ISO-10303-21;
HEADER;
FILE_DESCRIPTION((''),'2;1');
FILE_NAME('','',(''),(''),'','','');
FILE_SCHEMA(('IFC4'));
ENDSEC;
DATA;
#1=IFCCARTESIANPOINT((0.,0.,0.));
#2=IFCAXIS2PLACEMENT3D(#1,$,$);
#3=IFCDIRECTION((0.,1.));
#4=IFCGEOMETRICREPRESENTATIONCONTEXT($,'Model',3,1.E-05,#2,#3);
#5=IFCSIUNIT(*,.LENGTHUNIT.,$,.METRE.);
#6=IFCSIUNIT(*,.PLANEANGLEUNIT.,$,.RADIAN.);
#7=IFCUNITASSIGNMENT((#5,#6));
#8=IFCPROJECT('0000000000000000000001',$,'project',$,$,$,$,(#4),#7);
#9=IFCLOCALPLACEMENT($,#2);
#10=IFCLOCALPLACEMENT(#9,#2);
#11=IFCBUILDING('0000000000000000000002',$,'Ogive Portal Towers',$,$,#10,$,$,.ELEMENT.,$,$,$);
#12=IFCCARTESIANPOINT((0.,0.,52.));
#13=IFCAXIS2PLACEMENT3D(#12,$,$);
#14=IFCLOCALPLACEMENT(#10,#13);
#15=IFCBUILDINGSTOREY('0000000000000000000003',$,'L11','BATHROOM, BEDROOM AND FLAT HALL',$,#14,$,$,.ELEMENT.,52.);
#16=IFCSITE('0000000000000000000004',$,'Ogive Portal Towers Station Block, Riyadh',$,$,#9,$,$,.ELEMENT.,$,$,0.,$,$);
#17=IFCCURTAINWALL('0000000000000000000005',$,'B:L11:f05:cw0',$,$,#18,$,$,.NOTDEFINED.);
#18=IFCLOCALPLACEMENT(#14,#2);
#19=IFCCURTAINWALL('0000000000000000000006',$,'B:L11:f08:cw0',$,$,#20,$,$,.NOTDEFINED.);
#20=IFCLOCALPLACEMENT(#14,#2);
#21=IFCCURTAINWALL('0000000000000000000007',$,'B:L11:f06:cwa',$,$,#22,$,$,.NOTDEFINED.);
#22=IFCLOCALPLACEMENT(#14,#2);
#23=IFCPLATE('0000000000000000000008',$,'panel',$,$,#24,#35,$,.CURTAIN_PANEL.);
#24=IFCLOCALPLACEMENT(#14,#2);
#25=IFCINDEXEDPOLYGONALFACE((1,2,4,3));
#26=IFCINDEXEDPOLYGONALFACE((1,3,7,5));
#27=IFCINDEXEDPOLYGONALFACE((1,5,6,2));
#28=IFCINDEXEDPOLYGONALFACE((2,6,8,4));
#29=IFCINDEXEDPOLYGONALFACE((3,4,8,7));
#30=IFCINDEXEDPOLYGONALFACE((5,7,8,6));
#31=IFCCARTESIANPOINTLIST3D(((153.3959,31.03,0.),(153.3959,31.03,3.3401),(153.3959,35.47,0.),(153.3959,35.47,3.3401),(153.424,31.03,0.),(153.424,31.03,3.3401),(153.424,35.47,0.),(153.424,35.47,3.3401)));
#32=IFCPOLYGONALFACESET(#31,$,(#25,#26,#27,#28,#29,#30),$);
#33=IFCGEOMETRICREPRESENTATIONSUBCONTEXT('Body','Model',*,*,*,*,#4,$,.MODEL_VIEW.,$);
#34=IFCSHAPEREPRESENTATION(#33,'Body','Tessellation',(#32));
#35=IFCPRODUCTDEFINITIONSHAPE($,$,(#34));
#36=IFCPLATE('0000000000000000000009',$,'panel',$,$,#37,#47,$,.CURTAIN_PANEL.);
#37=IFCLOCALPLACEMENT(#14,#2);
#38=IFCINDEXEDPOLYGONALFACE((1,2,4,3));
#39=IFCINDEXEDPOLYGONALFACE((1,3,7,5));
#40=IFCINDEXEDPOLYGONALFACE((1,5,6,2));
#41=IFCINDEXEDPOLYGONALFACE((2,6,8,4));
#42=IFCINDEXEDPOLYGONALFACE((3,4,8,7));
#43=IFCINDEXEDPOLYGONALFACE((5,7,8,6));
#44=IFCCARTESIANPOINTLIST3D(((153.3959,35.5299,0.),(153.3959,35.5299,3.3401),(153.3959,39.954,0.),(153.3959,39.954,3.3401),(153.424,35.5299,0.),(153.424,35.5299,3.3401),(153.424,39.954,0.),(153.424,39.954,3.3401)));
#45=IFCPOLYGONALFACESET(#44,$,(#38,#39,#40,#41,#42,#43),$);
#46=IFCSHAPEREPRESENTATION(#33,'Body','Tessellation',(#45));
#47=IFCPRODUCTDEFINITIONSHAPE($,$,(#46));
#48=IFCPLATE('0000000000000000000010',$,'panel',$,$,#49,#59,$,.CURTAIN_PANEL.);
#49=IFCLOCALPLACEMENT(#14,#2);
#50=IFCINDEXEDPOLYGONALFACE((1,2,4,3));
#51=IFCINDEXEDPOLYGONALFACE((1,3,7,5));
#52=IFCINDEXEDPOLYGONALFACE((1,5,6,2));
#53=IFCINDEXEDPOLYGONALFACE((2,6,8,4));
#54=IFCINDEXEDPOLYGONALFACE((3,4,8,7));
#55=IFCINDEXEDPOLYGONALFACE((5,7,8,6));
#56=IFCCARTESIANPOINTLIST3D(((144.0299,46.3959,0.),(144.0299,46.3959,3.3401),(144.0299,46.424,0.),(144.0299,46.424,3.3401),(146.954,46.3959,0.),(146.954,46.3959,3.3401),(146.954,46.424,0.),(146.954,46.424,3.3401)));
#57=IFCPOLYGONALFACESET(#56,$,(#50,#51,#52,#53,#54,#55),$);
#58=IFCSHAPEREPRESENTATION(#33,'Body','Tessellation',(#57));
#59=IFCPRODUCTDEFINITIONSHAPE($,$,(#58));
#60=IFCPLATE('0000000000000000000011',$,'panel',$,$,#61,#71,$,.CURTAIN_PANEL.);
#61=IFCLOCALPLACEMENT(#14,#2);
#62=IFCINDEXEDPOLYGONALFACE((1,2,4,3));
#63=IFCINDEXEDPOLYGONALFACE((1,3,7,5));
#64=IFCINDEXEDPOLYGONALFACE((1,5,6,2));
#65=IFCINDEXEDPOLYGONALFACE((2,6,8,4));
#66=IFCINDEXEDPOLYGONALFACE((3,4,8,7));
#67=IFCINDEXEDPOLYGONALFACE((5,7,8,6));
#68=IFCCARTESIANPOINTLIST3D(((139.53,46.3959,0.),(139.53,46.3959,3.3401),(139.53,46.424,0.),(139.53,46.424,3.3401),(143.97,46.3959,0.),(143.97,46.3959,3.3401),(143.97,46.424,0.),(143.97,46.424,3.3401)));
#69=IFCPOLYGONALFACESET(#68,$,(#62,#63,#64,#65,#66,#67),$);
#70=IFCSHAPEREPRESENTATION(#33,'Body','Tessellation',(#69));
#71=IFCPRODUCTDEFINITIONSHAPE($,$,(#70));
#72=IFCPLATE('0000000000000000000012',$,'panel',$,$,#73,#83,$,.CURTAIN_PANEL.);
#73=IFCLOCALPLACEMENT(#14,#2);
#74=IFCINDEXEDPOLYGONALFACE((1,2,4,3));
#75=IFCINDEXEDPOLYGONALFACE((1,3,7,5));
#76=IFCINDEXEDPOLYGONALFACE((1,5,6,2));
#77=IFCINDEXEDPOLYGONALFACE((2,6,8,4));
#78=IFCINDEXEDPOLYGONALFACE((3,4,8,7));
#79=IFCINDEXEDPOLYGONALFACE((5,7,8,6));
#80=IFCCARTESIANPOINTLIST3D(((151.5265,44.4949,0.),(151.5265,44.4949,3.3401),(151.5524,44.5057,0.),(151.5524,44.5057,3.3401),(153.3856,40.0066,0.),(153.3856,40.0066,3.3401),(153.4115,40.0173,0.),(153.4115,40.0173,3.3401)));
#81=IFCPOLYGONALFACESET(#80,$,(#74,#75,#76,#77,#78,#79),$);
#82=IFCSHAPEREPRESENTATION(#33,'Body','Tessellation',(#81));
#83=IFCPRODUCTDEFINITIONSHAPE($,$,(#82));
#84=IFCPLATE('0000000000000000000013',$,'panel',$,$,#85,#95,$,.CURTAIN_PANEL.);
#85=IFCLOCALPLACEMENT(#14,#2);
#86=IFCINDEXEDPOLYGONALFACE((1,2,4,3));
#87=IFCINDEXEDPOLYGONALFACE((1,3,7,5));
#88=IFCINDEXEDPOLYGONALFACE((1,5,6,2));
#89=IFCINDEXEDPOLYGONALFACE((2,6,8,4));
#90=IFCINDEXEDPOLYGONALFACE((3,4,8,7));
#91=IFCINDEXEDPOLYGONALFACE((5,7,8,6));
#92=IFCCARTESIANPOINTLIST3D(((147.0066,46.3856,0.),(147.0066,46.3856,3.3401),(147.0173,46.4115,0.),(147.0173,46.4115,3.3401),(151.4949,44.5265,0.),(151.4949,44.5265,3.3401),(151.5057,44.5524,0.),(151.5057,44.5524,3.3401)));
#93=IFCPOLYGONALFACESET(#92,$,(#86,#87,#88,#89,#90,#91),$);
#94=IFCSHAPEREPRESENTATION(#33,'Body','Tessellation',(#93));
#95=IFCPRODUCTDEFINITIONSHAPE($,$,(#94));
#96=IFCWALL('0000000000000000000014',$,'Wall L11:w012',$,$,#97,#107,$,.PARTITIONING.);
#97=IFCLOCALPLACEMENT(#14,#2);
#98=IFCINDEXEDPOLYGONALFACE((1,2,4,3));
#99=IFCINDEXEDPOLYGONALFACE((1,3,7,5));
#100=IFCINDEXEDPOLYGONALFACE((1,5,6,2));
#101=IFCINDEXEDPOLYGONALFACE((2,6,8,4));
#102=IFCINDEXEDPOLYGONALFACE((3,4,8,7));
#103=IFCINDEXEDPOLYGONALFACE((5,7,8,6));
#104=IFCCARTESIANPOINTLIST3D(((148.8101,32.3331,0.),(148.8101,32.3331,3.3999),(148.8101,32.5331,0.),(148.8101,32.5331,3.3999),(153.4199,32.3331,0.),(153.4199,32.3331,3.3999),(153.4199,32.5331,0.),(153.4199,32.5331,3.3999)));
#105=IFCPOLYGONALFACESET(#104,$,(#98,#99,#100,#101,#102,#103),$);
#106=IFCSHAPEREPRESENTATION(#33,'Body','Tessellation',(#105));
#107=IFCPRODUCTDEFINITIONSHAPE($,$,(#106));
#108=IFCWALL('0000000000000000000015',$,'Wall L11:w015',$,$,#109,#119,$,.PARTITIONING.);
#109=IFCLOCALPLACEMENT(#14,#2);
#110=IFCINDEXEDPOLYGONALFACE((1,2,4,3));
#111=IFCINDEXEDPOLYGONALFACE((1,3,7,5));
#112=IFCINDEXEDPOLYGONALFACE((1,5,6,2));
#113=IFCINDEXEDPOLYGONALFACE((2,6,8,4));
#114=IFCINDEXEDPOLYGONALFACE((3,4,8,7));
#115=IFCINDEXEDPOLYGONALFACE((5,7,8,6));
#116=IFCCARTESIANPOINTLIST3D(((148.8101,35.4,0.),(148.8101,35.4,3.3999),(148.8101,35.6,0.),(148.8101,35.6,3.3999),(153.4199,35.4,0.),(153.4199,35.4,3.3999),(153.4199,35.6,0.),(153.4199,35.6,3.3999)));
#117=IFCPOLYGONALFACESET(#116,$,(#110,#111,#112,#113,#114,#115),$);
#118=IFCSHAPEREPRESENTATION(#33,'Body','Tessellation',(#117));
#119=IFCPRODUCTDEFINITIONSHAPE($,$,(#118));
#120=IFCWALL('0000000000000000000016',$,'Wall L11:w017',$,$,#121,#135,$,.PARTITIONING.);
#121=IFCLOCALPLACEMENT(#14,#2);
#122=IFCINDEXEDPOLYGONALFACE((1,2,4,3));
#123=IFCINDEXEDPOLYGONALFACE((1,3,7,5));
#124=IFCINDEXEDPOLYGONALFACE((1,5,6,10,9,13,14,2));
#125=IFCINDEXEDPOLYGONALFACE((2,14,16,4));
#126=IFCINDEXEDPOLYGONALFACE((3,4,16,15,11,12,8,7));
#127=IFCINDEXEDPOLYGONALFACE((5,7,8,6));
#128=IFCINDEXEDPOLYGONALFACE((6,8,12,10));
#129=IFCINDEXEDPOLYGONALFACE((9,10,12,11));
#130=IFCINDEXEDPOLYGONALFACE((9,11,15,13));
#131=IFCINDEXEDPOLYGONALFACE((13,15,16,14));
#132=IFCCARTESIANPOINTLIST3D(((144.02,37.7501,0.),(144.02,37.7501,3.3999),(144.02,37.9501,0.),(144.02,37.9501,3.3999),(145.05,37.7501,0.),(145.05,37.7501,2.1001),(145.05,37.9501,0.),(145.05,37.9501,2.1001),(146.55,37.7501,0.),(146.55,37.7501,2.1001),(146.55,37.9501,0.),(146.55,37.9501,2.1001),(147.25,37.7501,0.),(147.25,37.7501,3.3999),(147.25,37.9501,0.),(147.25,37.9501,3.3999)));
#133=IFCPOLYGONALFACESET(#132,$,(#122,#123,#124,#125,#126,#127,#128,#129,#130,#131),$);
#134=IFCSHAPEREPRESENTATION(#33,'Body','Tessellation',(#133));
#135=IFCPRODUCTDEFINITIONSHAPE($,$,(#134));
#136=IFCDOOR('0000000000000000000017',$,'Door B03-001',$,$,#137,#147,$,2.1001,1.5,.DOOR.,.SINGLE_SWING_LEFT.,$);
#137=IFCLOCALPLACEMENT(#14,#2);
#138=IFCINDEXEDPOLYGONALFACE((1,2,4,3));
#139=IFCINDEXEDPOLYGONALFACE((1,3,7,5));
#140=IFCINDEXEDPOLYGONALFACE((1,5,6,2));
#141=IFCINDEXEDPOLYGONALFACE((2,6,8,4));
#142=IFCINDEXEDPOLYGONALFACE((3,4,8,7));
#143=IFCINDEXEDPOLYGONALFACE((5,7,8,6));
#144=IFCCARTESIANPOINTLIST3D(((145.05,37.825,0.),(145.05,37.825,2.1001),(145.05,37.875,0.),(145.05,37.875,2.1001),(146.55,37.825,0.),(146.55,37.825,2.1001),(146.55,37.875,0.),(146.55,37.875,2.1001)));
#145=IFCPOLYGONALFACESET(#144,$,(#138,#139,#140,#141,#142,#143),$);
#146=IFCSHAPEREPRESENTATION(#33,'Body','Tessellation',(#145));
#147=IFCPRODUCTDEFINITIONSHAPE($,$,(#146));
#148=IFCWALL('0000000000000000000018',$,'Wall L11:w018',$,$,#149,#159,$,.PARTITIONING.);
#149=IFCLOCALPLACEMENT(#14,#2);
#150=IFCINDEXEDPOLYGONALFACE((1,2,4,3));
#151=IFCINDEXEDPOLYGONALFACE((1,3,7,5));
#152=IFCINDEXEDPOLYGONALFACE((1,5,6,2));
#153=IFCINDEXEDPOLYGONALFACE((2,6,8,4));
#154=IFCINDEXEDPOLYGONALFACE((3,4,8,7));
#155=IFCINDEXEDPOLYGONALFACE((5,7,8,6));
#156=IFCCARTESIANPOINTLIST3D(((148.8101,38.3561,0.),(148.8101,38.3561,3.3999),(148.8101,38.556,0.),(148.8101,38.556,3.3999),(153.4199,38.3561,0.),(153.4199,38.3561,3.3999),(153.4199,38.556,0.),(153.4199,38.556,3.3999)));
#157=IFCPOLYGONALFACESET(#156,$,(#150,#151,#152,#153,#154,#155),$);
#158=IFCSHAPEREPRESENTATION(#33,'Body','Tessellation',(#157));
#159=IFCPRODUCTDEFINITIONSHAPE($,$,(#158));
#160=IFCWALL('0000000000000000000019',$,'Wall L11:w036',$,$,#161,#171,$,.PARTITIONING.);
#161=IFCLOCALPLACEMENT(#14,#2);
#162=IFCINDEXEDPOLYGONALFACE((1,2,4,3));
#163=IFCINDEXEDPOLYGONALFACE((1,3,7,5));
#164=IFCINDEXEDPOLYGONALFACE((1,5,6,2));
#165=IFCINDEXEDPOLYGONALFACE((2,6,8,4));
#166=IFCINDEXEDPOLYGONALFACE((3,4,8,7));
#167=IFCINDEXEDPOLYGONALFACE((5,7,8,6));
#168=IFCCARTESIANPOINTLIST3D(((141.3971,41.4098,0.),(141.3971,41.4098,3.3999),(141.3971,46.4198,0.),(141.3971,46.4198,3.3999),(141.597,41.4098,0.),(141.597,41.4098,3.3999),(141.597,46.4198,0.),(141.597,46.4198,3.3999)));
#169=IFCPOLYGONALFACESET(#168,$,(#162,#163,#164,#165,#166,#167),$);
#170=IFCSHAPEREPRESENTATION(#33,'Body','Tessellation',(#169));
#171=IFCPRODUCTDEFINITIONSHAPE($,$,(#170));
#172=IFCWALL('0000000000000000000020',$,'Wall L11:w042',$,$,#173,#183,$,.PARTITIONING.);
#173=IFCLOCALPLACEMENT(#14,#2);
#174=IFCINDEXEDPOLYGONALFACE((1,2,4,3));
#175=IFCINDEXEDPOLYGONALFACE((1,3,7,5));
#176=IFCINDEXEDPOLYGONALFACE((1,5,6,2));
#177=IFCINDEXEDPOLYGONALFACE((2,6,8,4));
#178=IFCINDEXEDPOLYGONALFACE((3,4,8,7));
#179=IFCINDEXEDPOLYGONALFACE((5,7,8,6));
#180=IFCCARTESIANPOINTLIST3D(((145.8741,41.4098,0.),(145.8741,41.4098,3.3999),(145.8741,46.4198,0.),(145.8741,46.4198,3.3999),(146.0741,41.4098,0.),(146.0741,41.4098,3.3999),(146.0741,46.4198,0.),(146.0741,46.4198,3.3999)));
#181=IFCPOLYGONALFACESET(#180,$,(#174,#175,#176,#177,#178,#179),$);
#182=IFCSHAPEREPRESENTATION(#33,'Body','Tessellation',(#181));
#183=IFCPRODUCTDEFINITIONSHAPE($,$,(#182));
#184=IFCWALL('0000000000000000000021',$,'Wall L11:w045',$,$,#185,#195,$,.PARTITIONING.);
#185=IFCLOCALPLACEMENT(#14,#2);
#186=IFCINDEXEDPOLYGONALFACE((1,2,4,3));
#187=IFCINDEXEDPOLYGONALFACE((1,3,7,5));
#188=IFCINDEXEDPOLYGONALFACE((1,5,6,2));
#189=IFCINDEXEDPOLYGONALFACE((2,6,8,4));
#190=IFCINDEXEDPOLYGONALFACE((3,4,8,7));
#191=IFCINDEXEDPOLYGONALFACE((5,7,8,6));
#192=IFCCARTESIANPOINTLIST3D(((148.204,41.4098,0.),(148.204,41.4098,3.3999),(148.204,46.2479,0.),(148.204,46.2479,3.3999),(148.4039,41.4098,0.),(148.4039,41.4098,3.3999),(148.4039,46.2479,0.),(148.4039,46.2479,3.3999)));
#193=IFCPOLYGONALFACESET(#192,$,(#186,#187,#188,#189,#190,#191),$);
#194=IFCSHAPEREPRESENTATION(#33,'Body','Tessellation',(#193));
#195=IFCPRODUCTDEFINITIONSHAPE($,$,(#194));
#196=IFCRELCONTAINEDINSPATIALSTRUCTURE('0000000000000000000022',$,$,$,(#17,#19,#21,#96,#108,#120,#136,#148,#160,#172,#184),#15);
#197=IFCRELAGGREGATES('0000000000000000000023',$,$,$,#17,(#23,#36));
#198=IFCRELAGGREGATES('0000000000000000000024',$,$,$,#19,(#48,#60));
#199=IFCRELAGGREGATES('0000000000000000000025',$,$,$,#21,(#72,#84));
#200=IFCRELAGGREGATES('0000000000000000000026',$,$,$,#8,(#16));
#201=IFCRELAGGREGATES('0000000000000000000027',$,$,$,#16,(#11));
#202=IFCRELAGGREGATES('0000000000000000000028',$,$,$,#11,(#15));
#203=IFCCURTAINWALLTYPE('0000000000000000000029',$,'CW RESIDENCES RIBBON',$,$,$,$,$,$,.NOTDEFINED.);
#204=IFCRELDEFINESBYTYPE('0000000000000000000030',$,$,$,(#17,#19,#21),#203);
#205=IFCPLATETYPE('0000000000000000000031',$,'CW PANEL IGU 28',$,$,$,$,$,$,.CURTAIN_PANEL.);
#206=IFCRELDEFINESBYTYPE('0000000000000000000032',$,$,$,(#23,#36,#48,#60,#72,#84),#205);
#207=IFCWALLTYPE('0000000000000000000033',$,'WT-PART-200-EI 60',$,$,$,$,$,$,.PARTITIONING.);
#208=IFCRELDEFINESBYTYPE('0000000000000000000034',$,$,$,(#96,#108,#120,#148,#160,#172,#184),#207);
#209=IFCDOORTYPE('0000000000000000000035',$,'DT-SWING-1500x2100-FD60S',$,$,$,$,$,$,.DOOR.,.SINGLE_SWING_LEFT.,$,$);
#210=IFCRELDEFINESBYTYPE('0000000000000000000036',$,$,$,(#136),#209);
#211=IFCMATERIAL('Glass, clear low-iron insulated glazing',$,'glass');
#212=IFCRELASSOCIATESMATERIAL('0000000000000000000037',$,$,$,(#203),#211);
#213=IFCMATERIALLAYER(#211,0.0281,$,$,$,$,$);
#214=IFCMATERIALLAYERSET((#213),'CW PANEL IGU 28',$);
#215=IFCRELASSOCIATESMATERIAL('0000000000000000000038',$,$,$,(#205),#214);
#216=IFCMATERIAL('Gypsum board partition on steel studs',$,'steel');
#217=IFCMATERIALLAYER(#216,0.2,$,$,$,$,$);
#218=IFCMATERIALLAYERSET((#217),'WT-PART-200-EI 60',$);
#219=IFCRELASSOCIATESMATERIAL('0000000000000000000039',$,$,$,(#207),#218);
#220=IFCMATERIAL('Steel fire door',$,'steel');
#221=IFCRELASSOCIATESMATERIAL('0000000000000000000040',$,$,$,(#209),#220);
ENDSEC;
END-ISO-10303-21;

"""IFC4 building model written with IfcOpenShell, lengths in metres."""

from ifc_helpers import new_model, si_unit, direction, frame, frame_2d, origin, origin_2d, place, context, subcontext, project, spatial, rectangle, extrude, material, layer, layer_set, type_object, element, fill, aggregate, save


model = new_model("IFC4")

# Units and contexts
model_context = context("Model", 3, precision=1e-05, world=origin(), true_north=direction((0.0, 1.0)))
body_context = subcontext(model_context, "Body", "Model", "MODEL_VIEW")
ifc_project = project(units=[si_unit("LENGTHUNIT", "METRE"), si_unit("PLANEANGLEUNIT", "RADIAN")], contexts=[model_context])

# Site, building, storey
site_placement = place(None, origin())
site = spatial("IfcSite", under=ifc_project, at=site_placement, Name="Ogive Portal Towers Station Block, Riyadh", CompositionType="ELEMENT", RefElevation=0.0)
building_placement = place(site_placement, origin())
building = spatial("IfcBuilding", under=site, at=building_placement, Name="Ogive Portal Towers", CompositionType="ELEMENT")
storey_placement = place(building_placement, frame((0.0, 0.0, 52.0)))
storey = spatial("IfcBuildingStorey", under=building, at=storey_placement, Name="L11", Description="BATHROOM, BEDROOM AND FLAT HALL", CompositionType="ELEMENT", Elevation=52.0)

# Curtain walls
ifc_material_1 = material(Name="Glass, clear low-iron insulated glazing", Category="glass")
curtain_wall_type = type_object("IfcCurtainWallType", Name="CW RESIDENCES RIBBON", PredefinedType="NOTDEFINED", material=ifc_material_1)
curtain_wall_1_placement = place(storey_placement, origin())
curtain_wall_1 = element("IfcCurtainWall", 1, at=curtain_wall_1_placement, inside=storey, type_object=curtain_wall_type, Name="B:L11:f05:cw0", PredefinedType="NOTDEFINED")
curtain_wall_2_placement = place(storey_placement, origin())
curtain_wall_2 = element("IfcCurtainWall", 2, at=curtain_wall_2_placement, inside=storey, type_object=curtain_wall_type, Name="B:L11:f08:cw0", PredefinedType="NOTDEFINED")

# Curtain wall
curtain_wall_3_placement = place(storey_placement, origin())
curtain_wall_3 = element("IfcCurtainWall", 3, at=curtain_wall_3_placement, inside=storey, type_object=curtain_wall_type, Name="B:L11:f06:cwa", PredefinedType="NOTDEFINED")

# Plates
ifc_layer_1 = layer(ifc_material_1, 0.0281)
ifc_layer_set_1 = layer_set([ifc_layer_1], Name="CW PANEL IGU 28")
plate_type = type_object("IfcPlateType", Name="CW PANEL IGU 28", PredefinedType="CURTAIN_PANEL", material=ifc_layer_set_1)
plate_1_placement = place(storey_placement, frame((153.4099, 33.25, 0.0), z_axis=(0.0, 0.0, 1.0), x_axis=(0.0, 1.0, 0.0)))
plate_1 = element("IfcPlate", 4, at=plate_1_placement, type_object=plate_type, Name="panel", PredefinedType="CURTAIN_PANEL", context=body_context, shape_type="SweptSolid", body=[
    extrude(rectangle(XDim=4.4399, YDim=0.0281, at=origin_2d()), origin(), (0.0, 0.0, 1.0), 3.3401),
])
plate_2_placement = place(storey_placement, frame((153.4099, 37.7419, 0.0), z_axis=(0.0, 0.0, 1.0), x_axis=(0.0, 1.0, 0.0)))
plate_2 = element("IfcPlate", 5, at=plate_2_placement, type_object=plate_type, Name="panel", PredefinedType="CURTAIN_PANEL", context=body_context, shape_type="SweptSolid", body=[
    extrude(rectangle(XDim=4.4241, YDim=0.0281, at=origin_2d()), origin(), (0.0, 0.0, 1.0), 3.3401),
])
aggregate(curtain_wall_1, [plate_1, plate_2])
plate_3_placement = place(storey_placement, frame((145.4919, 46.4099, 0.0), z_axis=(0.0, 0.0, 1.0), x_axis=(-1.0, 0.0, 0.0)))
plate_3 = element("IfcPlate", 6, at=plate_3_placement, type_object=plate_type, Name="panel", PredefinedType="CURTAIN_PANEL", context=body_context, shape_type="SweptSolid", body=[
    extrude(rectangle(XDim=2.9241, YDim=0.0281, at=origin_2d()), origin(), (0.0, 0.0, 1.0), 3.3401),
])
plate_4_placement = place(storey_placement, frame((141.75, 46.4099, 0.0), z_axis=(0.0, 0.0, 1.0), x_axis=(-1.0, 0.0, 0.0)))
plate_4 = element("IfcPlate", 7, at=plate_4_placement, type_object=plate_type, Name="panel", PredefinedType="CURTAIN_PANEL", context=body_context, shape_type="SweptSolid", body=[
    extrude(rectangle(XDim=4.4399, YDim=0.0281, at=origin_2d()), origin(), (0.0, 0.0, 1.0), 3.3401),
])
aggregate(curtain_wall_2, [plate_3, plate_4])
plate_5_placement = place(storey_placement, frame((152.469, 42.2561, 0.0), z_axis=(0.0, 0.0, 1.0), x_axis=(-0.382683, 0.92388, 0.0)))
plate_5 = element("IfcPlate", 8, at=plate_5_placement, type_object=plate_type, Name="panel", PredefinedType="CURTAIN_PANEL", context=body_context, shape_type="SweptSolid", body=[
    extrude(rectangle(XDim=4.8582, YDim=0.0281, at=origin_2d()), origin(), (0.0, 0.0, 1.0), 3.3401),
])
plate_6_placement = place(storey_placement, frame((149.2561, 45.469, 0.0), z_axis=(0.0, 0.0, 1.0), x_axis=(-0.92388, 0.382683, 0.0)))
plate_6 = element("IfcPlate", 9, at=plate_6_placement, type_object=plate_type, Name="panel", PredefinedType="CURTAIN_PANEL", context=body_context, shape_type="SweptSolid", body=[
    extrude(rectangle(XDim=4.8582, YDim=0.0281, at=origin_2d()), origin(), (0.0, 0.0, 1.0), 3.3401),
])
aggregate(curtain_wall_3, [plate_5, plate_6])

# Walls
ifc_material_2 = material(Name="Gypsum board partition on steel studs", Category="steel")
ifc_layer_2 = layer(ifc_material_2, 0.2)
ifc_layer_set_2 = layer_set([ifc_layer_2], Name="WT-PART-200-EI 60")
wall_type_1 = type_object("IfcWallType", Name="WT-PART-200-EI 60", PredefinedType="PARTITIONING", material=ifc_layer_set_2)
for number, where, z_axis, x_axis, name in (
    (10, (148.8101, 32.4331, 0.0), (0.0, 0.0, 1.0), (1.0, 0.0, 0.0), "Wall L11:w012"),
    (11, (148.8101, 35.5, 0.0), (0.0, 0.0, 1.0), (1.0, 0.0, 0.0), "Wall L11:w015"),
):
    element("IfcWall", number, at=place(storey_placement, frame(where, z_axis=z_axis, x_axis=x_axis)), inside=storey, type_object=wall_type_1, Name=name, PredefinedType="PARTITIONING", context=body_context, shape_type="SweptSolid", body=[
        extrude(rectangle(XDim=4.6099, YDim=0.2, at=frame_2d((2.3049, 0.0))), origin(), (0.0, 0.0, 1.0), 3.3999),
    ])

# Wall, opening, door
wall_1_placement = place(storey_placement, frame((144.02, 37.8501, 0.0), z_axis=(0.0, 0.0, 1.0), x_axis=(1.0, 0.0, 0.0)))
wall_1 = element("IfcWall", 12, at=wall_1_placement, inside=storey, type_object=wall_type_1, Name="Wall L11:w017", PredefinedType="PARTITIONING", context=body_context, shape_type="SweptSolid", body=[
    extrude(rectangle(XDim=3.23, YDim=0.2, at=frame_2d((1.615, 0.0))), origin(), (0.0, 0.0, 1.0), 3.3999),
])
opening_placement = place(wall_1_placement, frame((1.03, 0.0, 0.0)))
opening = element("IfcOpeningElement", 13, at=opening_placement, cuts=wall_1, PredefinedType="OPENING", context=body_context, shape_type="SweptSolid", body=[
    extrude(rectangle(XDim=1.5, YDim=2.1001, at=frame_2d((0.75, 1.05))), frame((0.0, 0.1099, 0.0), z_axis=(0.0, -1.0, 0.0), x_axis=(1.0, 0.0, 0.0)), (0.0, 0.0, 1.0), 0.22),
])
ifc_material_3 = material(Name="Steel fire door", Category="steel")
door_type = type_object("IfcDoorType", Name="DT-SWING-1500x2100-FD60S", OperationType="SINGLE_SWING_LEFT", PredefinedType="DOOR", material=ifc_material_3)
door_placement = place(opening_placement, origin())
door = element("IfcDoor", 14, at=door_placement, inside=storey, type_object=door_type, Name="Door B03-001", OperationType="SINGLE_SWING_LEFT", OverallHeight=2.1001, OverallWidth=1.5, PredefinedType="DOOR", context=body_context, shape_type="SweptSolid", body=[
    extrude(rectangle(XDim=1.5, YDim=2.1001, at=frame_2d((0.75, 1.05))), frame((0.0, 0.0249, 0.0), z_axis=(0.0, -1.0, 0.0), x_axis=(1.0, 0.0, 0.0)), (0.0, 0.0, 1.0), 0.05),
])
fill(opening, door)

# Walls
wall_2_placement = place(storey_placement, frame((148.8101, 38.4561, 0.0), z_axis=(0.0, 0.0, 1.0), x_axis=(1.0, 0.0, 0.0)))
element("IfcWall", 15, at=wall_2_placement, inside=storey, type_object=wall_type_1, Name="Wall L11:w018", PredefinedType="PARTITIONING", context=body_context, shape_type="SweptSolid", body=[
    extrude(rectangle(XDim=4.6099, YDim=0.2, at=frame_2d((2.3049, 0.0))), origin(), (0.0, 0.0, 1.0), 3.3999),
])
for number, where, z_axis, x_axis, name in (
    (16, (141.4971, 41.4099, 0.0), (0.0, 0.0, 1.0), (0.0, 1.0, 0.0), "Wall L11:w036"),
    (17, (145.9741, 41.4099, 0.0), (0.0, 0.0, 1.0), (0.0, 1.0, 0.0), "Wall L11:w042"),
):
    element("IfcWall", number, at=place(storey_placement, frame(where, z_axis=z_axis, x_axis=x_axis)), inside=storey, type_object=wall_type_1, Name=name, PredefinedType="PARTITIONING", context=body_context, shape_type="SweptSolid", body=[
        extrude(rectangle(XDim=5.01, YDim=0.2, at=frame_2d((2.5049, 0.0))), origin(), (0.0, 0.0, 1.0), 3.3999),
    ])
wall_3_placement = place(storey_placement, frame((148.304, 41.4099, 0.0), z_axis=(0.0, 0.0, 1.0), x_axis=(0.0, 1.0, 0.0)))
element("IfcWall", 18, at=wall_3_placement, inside=storey, type_object=wall_type_1, Name="Wall L11:w045", PredefinedType="PARTITIONING", context=body_context, shape_type="SweptSolid", body=[
    extrude(rectangle(XDim=4.8381, YDim=0.2, at=frame_2d((2.4189, 0.0))), origin(), (0.0, 0.0, 1.0), 3.3999),
])

save(model, "model.ifc")
